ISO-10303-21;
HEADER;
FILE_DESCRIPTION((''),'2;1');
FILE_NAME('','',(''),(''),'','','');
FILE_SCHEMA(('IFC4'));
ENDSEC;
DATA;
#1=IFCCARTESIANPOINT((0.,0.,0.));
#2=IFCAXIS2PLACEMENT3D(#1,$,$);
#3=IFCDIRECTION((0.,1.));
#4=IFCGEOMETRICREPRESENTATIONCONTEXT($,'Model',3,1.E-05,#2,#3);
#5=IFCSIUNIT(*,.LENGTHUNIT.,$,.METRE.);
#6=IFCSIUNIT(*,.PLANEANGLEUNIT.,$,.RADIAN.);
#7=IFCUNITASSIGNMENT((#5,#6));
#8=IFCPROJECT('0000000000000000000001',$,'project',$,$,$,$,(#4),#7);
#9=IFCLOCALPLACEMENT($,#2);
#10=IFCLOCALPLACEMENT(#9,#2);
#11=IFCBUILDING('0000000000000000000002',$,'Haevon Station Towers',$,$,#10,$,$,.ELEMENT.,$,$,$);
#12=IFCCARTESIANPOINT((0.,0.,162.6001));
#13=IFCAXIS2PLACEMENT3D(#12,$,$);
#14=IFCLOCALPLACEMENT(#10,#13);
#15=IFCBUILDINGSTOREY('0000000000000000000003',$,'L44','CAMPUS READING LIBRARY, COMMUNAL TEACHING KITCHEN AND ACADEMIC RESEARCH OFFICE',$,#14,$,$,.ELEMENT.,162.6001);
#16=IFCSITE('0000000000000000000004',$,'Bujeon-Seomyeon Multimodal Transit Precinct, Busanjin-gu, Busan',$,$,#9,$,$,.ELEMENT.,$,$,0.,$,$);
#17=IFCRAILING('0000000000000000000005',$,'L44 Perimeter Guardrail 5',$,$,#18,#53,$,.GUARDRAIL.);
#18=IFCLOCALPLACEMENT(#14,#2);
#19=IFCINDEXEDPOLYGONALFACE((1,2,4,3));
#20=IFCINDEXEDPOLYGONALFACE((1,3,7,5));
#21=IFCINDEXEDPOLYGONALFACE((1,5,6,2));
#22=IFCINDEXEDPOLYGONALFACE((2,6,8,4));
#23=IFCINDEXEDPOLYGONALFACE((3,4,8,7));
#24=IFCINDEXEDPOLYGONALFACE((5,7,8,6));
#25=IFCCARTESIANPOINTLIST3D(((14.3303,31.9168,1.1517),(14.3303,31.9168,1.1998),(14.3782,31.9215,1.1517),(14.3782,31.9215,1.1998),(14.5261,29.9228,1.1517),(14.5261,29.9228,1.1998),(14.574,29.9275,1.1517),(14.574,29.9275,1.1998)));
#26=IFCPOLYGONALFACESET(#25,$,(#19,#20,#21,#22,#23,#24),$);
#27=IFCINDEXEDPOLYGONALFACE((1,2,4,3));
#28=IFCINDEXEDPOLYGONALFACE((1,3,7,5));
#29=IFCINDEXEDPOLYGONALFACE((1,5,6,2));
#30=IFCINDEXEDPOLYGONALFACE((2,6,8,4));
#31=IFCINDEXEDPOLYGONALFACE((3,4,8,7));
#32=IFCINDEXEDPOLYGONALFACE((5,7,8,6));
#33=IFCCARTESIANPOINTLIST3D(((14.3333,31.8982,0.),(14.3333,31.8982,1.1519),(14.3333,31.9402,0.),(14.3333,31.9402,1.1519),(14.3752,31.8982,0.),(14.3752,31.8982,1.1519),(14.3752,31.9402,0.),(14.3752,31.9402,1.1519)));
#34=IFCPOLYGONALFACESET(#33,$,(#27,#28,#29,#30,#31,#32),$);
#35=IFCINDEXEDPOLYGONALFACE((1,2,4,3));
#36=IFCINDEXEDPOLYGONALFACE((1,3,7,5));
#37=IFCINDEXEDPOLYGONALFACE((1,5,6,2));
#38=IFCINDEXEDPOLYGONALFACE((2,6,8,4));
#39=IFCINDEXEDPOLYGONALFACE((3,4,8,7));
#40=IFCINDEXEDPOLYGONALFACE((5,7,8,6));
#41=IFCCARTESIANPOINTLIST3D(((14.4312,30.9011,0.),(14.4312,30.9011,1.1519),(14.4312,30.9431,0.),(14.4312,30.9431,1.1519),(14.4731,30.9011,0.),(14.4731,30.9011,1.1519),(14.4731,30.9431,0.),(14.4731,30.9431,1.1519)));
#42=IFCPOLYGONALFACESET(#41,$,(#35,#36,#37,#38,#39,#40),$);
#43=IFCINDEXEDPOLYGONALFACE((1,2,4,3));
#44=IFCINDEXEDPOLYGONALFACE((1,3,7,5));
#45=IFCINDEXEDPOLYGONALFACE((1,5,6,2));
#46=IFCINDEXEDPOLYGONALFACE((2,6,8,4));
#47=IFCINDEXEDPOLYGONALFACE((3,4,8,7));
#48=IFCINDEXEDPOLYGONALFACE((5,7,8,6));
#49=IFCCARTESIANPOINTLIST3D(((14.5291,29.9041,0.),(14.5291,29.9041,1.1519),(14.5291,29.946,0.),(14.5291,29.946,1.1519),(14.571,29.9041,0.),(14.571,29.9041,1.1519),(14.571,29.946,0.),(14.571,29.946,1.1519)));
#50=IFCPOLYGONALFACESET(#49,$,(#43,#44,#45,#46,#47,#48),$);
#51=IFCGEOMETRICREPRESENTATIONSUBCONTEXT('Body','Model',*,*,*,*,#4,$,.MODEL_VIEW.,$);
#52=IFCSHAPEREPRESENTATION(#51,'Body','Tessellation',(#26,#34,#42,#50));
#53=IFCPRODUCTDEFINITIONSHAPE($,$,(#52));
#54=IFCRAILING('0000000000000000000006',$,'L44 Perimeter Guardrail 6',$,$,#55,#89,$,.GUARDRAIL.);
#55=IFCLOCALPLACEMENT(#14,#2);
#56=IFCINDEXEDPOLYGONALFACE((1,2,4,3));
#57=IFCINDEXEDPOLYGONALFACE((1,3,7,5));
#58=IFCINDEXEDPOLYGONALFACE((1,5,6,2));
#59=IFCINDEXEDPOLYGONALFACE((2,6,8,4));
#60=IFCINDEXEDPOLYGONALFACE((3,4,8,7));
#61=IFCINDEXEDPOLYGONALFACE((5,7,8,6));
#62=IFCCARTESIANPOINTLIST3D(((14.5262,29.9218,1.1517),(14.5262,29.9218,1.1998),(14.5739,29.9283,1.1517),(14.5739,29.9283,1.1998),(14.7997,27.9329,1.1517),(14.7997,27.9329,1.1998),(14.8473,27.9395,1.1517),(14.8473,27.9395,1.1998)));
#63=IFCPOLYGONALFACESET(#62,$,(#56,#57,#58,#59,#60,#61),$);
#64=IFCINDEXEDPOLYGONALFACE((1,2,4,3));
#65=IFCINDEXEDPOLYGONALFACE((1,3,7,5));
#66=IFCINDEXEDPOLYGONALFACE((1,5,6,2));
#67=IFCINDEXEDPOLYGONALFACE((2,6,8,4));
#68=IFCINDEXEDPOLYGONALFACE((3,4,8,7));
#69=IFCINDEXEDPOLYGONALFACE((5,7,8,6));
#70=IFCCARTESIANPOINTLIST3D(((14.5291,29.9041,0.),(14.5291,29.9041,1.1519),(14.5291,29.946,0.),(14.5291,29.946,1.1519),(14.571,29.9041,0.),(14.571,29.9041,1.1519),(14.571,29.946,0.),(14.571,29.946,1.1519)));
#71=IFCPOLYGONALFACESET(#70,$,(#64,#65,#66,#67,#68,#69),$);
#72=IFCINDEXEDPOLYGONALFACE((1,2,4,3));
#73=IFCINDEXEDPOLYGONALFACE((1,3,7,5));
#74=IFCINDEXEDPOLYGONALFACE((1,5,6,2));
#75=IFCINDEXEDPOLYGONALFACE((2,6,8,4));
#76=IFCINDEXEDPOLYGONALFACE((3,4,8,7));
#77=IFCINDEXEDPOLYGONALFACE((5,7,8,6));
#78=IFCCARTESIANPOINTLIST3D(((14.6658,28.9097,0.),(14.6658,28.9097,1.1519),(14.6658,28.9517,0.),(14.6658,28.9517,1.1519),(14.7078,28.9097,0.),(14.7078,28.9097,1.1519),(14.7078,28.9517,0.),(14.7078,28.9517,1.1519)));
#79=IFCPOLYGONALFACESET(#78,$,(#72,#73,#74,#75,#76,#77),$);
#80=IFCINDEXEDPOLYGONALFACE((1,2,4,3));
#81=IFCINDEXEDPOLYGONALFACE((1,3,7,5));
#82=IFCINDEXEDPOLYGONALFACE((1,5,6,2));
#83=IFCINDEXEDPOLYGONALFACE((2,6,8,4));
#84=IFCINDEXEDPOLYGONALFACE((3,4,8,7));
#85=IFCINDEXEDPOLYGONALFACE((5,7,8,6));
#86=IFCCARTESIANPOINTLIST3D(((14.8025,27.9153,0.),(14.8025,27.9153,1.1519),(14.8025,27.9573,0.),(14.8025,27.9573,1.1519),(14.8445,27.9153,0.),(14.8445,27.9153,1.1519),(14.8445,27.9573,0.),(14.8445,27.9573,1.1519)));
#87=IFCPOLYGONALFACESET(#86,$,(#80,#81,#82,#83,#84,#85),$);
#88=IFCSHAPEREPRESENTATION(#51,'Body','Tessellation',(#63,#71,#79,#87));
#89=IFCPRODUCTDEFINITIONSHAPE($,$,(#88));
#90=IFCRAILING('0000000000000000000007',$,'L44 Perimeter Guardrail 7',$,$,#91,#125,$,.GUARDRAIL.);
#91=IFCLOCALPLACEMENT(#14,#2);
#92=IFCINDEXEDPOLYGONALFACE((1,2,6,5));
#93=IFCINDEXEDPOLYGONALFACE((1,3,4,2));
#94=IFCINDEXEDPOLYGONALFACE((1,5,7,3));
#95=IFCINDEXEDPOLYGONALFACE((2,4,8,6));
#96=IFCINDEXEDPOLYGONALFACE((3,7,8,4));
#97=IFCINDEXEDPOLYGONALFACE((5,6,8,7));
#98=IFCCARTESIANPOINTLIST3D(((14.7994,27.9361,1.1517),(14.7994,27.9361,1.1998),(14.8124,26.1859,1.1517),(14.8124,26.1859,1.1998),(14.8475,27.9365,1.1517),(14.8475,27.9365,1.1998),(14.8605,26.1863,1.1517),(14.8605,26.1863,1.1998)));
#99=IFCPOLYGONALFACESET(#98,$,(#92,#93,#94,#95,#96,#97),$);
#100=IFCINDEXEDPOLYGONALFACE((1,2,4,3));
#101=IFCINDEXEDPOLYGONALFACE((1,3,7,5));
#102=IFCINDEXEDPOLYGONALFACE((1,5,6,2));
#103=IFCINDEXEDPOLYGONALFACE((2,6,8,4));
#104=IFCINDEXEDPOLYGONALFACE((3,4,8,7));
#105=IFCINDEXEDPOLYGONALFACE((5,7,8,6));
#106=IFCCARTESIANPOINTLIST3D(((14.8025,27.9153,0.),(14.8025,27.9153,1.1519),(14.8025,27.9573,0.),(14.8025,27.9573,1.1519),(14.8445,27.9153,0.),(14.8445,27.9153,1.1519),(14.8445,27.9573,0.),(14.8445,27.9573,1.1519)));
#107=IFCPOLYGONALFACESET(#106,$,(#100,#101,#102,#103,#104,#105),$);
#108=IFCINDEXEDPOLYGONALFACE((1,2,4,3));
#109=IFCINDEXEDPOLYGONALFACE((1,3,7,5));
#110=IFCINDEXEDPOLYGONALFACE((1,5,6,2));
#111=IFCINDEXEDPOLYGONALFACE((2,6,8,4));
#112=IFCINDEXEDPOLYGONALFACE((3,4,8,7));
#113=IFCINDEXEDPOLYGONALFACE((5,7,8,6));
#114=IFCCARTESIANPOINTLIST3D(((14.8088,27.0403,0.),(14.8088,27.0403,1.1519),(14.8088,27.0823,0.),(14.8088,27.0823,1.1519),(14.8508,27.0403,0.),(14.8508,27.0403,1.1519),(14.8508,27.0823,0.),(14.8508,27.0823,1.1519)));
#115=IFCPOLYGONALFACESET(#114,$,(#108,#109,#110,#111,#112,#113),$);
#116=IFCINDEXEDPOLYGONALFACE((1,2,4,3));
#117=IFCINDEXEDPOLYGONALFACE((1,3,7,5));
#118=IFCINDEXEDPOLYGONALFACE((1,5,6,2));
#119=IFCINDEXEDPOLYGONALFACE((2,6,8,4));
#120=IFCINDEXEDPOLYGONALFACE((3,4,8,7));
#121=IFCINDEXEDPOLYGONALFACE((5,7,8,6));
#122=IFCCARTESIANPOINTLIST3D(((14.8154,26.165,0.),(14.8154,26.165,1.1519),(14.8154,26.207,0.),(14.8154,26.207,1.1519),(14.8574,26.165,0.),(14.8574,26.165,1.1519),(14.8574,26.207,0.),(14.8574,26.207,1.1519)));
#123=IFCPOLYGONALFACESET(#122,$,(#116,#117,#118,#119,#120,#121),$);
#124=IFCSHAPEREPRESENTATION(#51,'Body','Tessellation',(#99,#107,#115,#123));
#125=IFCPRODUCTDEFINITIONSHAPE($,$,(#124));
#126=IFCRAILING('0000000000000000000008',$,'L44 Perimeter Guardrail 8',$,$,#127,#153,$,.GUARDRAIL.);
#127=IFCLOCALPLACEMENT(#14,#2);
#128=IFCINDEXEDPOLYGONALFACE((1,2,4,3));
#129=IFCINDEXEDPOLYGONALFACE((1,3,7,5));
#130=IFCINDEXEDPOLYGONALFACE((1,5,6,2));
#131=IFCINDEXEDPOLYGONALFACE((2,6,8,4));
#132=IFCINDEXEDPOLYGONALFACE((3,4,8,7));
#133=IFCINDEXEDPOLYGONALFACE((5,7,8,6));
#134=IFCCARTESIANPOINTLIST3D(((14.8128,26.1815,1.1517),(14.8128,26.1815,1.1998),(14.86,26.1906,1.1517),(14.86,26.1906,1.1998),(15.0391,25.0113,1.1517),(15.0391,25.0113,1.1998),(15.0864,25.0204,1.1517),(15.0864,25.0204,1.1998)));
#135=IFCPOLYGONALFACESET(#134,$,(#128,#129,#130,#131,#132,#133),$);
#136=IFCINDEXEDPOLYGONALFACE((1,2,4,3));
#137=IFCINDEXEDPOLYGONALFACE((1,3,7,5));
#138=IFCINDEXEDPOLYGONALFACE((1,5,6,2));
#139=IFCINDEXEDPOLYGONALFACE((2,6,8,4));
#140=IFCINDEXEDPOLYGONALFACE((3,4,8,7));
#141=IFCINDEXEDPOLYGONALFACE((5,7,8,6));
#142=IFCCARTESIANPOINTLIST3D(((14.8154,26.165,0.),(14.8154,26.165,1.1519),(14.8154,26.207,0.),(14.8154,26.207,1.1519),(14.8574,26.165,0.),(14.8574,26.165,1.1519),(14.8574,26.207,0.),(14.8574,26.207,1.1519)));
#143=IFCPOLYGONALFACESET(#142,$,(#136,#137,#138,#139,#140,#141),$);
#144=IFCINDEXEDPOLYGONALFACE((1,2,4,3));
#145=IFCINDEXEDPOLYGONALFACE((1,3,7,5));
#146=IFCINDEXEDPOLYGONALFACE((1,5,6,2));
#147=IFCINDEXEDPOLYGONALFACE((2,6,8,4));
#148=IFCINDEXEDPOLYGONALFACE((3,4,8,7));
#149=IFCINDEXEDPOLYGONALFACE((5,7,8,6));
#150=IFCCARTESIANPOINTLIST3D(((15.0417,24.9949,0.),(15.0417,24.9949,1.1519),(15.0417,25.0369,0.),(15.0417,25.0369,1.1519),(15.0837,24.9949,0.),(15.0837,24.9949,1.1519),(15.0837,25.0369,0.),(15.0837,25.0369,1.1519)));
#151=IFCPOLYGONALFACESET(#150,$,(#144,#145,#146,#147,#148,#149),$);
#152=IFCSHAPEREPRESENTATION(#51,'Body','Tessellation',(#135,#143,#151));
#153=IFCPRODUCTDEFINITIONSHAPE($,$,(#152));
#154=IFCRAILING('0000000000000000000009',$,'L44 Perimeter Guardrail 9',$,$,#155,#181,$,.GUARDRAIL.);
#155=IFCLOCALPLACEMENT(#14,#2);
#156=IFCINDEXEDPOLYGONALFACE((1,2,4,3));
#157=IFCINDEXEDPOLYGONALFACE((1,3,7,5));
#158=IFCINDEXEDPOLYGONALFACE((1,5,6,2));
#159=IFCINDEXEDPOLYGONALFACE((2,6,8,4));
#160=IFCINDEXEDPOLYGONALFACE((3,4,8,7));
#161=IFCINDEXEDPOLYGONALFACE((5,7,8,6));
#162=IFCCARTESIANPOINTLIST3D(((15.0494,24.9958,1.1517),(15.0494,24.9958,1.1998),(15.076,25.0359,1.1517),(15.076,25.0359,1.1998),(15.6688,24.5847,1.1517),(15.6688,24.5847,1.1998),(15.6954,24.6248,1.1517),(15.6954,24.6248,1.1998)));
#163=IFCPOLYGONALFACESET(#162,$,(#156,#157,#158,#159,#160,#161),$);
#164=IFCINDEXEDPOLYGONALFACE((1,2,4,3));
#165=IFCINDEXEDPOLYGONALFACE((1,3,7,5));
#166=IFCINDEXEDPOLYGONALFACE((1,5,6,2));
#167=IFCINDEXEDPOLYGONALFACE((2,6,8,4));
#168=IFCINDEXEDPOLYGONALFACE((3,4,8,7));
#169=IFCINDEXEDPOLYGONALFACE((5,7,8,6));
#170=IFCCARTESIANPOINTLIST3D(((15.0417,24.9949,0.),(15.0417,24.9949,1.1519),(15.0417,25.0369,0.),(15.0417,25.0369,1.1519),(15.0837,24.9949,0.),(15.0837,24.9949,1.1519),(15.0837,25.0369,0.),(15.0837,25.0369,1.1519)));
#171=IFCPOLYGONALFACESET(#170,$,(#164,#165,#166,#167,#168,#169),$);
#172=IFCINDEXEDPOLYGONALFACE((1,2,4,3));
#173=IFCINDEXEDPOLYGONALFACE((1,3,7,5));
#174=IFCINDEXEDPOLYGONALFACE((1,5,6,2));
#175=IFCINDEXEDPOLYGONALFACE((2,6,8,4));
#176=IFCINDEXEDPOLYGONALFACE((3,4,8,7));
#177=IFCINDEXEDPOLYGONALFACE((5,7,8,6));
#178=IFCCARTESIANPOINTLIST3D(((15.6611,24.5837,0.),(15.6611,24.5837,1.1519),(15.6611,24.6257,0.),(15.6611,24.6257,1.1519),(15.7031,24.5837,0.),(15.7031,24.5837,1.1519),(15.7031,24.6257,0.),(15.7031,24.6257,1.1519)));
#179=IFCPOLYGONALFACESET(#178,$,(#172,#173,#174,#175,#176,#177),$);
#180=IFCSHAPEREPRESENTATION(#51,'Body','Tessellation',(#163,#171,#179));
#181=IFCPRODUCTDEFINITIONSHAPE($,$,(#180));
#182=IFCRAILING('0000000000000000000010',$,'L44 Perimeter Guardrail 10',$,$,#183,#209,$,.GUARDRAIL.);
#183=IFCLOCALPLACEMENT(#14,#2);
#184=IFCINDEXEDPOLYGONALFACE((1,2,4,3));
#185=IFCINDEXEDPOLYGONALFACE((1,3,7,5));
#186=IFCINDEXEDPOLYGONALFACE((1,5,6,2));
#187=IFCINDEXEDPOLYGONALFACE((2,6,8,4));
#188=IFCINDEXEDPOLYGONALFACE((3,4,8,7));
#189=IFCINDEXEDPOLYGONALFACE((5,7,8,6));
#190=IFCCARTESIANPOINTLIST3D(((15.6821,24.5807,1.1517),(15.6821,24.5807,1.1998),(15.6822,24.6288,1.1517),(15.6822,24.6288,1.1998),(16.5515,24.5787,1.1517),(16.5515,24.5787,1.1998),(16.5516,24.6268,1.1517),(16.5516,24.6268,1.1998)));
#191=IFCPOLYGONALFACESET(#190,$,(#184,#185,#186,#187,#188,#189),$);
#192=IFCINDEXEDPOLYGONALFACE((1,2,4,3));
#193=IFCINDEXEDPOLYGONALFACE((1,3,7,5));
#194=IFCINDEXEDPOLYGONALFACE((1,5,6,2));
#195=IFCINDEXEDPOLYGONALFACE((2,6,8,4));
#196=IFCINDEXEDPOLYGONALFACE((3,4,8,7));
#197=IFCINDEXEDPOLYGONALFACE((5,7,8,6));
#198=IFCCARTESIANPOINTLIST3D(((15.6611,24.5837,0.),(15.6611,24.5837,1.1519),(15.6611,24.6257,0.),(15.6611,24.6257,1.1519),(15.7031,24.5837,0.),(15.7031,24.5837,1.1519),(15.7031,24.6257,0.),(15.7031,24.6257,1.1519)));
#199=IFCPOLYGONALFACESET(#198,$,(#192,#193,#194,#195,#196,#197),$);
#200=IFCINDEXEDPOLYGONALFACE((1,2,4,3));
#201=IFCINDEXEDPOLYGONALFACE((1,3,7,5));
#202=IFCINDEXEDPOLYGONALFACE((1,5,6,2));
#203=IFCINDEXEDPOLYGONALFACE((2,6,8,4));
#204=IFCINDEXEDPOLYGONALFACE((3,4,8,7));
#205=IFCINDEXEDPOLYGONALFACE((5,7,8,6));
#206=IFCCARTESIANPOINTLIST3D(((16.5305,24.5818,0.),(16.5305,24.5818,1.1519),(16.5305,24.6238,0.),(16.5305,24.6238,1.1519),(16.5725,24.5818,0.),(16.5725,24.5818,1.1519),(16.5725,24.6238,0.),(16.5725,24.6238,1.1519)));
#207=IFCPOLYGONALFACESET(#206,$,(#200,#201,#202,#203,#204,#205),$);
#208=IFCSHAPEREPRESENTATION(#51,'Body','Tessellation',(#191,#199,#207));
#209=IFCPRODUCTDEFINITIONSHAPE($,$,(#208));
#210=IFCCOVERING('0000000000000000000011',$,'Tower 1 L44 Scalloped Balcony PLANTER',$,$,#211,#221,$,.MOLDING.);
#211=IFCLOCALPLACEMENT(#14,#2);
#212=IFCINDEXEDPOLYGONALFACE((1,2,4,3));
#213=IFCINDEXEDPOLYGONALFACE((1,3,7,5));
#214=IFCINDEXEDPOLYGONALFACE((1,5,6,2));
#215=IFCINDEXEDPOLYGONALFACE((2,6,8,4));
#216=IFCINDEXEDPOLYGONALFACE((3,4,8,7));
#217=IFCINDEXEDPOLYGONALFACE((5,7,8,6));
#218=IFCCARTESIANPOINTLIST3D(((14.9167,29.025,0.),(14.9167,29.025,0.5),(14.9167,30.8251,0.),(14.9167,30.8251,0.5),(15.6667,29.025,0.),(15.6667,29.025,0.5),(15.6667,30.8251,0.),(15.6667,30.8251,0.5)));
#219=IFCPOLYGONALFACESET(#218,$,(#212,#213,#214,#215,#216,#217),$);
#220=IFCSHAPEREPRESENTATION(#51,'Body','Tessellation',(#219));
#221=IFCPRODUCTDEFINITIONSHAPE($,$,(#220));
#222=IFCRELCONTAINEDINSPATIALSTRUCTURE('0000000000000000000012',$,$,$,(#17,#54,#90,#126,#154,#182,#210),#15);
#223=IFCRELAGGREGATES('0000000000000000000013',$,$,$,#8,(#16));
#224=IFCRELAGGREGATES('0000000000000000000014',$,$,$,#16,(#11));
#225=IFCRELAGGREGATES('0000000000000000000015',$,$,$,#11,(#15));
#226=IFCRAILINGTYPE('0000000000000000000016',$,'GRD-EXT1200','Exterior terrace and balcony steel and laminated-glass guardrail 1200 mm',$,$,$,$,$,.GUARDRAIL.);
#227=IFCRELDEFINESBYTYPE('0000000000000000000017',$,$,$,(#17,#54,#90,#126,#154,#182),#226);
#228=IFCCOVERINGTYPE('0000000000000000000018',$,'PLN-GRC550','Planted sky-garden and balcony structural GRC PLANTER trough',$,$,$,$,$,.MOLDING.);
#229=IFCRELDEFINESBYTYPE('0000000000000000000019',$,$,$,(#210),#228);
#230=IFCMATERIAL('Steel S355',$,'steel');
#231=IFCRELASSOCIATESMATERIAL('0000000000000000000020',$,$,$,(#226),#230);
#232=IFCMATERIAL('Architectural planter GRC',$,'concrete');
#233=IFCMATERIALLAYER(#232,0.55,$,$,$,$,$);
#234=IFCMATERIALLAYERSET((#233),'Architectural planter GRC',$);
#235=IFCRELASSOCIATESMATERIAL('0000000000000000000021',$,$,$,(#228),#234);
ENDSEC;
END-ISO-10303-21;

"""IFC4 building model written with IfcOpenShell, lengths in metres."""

from ifc_helpers import new_model, si_unit, direction, frame, origin, origin_2d, place, context, subcontext, project, spatial, rectangle, extrude, material, layer, layer_set, type_object, element, save


model = new_model("IFC4")

# Units and contexts
model_context = context("Model", 3, precision=1e-05, world=origin(), true_north=direction((0.0, 1.0)))
body_context = subcontext(model_context, "Body", "Model", "MODEL_VIEW")
ifc_project = project(units=[si_unit("LENGTHUNIT", "METRE"), si_unit("PLANEANGLEUNIT", "RADIAN")], contexts=[model_context])

# Site, building, storey
site_placement = place(None, origin())
site = spatial("IfcSite", under=ifc_project, at=site_placement, Name="Bujeon-Seomyeon Multimodal Transit Precinct, Busanjin-gu, Busan", CompositionType="ELEMENT", RefElevation=0.0)
building_placement = place(site_placement, origin())
building = spatial("IfcBuilding", under=site, at=building_placement, Name="Haevon Station Towers", CompositionType="ELEMENT")
storey_placement = place(building_placement, frame((0.0, 0.0, 162.6001)))
storey = spatial("IfcBuildingStorey", under=building, at=storey_placement, Name="L44", Description="CAMPUS READING LIBRARY, COMMUNAL TEACHING KITCHEN AND ACADEMIC RESEARCH OFFICE", CompositionType="ELEMENT", Elevation=162.6001)

# Shared definitions
ifc_material_1 = material(Name="Steel S355", Category="steel")

# Railings
railing_type = type_object("IfcRailingType", Name="GRD-EXT1200", Description="Exterior terrace and balcony steel and laminated-glass guardrail 1200 mm", PredefinedType="GUARDRAIL", material=ifc_material_1)
railing_1_placement = place(storey_placement, frame((14.3542, 31.9192, 0.0)))
element("IfcRailing", 1, at=railing_1_placement, inside=storey, type_object=railing_type, Name="L44 Perimeter Guardrail 5", PredefinedType="GUARDRAIL", context=body_context, shape_type="SweptSolid", body=[
    extrude(rectangle(XDim=0.0481, YDim=0.0481, at=origin_2d()), frame((0.0, 0.0, 1.1758), z_axis=(0.097718, -0.995214, 0.0), x_axis=(0.995214, 0.097718, 0.0)), (0.0, 0.0, 1.0), 2.0037),
    extrude(rectangle(XDim=0.042, YDim=0.042, at=origin_2d()), origin(), (0.0, 0.0, 1.0), 1.1519),
    extrude(rectangle(XDim=0.042, YDim=0.042, at=origin_2d()), frame((0.0979, -0.9971, 0.0)), (0.0, 0.0, 1.0), 1.1519),
    extrude(rectangle(XDim=0.042, YDim=0.042, at=origin_2d()), frame((0.1958, -1.9941, 0.0)), (0.0, 0.0, 1.0), 1.1519),
])
railing_2_placement = place(storey_placement, frame((14.55, 29.925, 0.0)))
element("IfcRailing", 2, at=railing_2_placement, inside=storey, type_object=railing_type, Name="L44 Perimeter Guardrail 6", PredefinedType="GUARDRAIL", context=body_context, shape_type="SweptSolid", body=[
    extrude(rectangle(XDim=0.0481, YDim=0.0481, at=origin_2d()), frame((0.0, 0.0, 1.1758), z_axis=(0.136209, -0.99068, 0.0), x_axis=(0.99068, 0.136209, 0.0)), (0.0, 0.0, 1.0), 2.0076),
    extrude(rectangle(XDim=0.042, YDim=0.042, at=origin_2d()), origin(), (0.0, 0.0, 1.0), 1.1519),
    extrude(rectangle(XDim=0.042, YDim=0.042, at=origin_2d()), frame((0.1367, -0.9944, 0.0)), (0.0, 0.0, 1.0), 1.1519),
    extrude(rectangle(XDim=0.042, YDim=0.042, at=origin_2d()), frame((0.2734, -1.9888, 0.0)), (0.0, 0.0, 1.0), 1.1519),
])
railing_3_placement = place(storey_placement, frame((14.8235, 27.9363, 0.0)))
element("IfcRailing", 3, at=railing_3_placement, inside=storey, type_object=railing_type, Name="L44 Perimeter Guardrail 7", PredefinedType="GUARDRAIL", context=body_context, shape_type="SweptSolid", body=[
    extrude(rectangle(XDim=0.0481, YDim=0.0481, at=origin_2d()), frame((0.0, 0.0, 1.1758), z_axis=(0.007393, -0.999973, 0.0), x_axis=(0.999973, 0.007393, 0.0)), (0.0, 0.0, 1.0), 1.7502),
    extrude(rectangle(XDim=0.042, YDim=0.042, at=origin_2d()), origin(), (0.0, 0.0, 1.0), 1.1519),
    extrude(rectangle(XDim=0.042, YDim=0.042, at=origin_2d()), frame((0.0063, -0.875, 0.0)), (0.0, 0.0, 1.0), 1.1519),
    extrude(rectangle(XDim=0.042, YDim=0.042, at=origin_2d()), frame((0.0129, -1.7502, 0.0)), (0.0, 0.0, 1.0), 1.1519),
])
railing_4_placement = place(storey_placement, frame((14.8364, 26.186, 0.0)))
element("IfcRailing", 4, at=railing_4_placement, inside=storey, type_object=railing_type, Name="L44 Perimeter Guardrail 8", PredefinedType="GUARDRAIL", context=body_context, shape_type="SweptSolid", body=[
    extrude(rectangle(XDim=0.0481, YDim=0.0481, at=origin_2d()), frame((0.0, 0.0, 1.1758), z_axis=(0.189888, -0.981806, 0.0), x_axis=(0.981806, 0.189888, 0.0)), (0.0, 0.0, 1.0), 1.1919),
    extrude(rectangle(XDim=0.042, YDim=0.042, at=origin_2d()), origin(), (0.0, 0.0, 1.0), 1.1519),
    extrude(rectangle(XDim=0.042, YDim=0.042, at=origin_2d()), frame((0.2263, -1.1702, 0.0)), (0.0, 0.0, 1.0), 1.1519),
])
railing_5_placement = place(storey_placement, frame((15.0627, 25.0159, 0.0)))
element("IfcRailing", 5, at=railing_5_placement, inside=storey, type_object=railing_type, Name="L44 Perimeter Guardrail 9", PredefinedType="GUARDRAIL", context=body_context, shape_type="SweptSolid", body=[
    extrude(rectangle(XDim=0.0481, YDim=0.0481, at=origin_2d()), frame((0.0, 0.0, 1.1758), z_axis=(0.83316, -0.553032, 0.0), x_axis=(0.553032, 0.83316, 0.0)), (0.0, 0.0, 1.0), 0.7434),
    extrude(rectangle(XDim=0.042, YDim=0.042, at=origin_2d()), origin(), (0.0, 0.0, 1.0), 1.1519),
    extrude(rectangle(XDim=0.042, YDim=0.042, at=origin_2d()), frame((0.6194, -0.4111, 0.0)), (0.0, 0.0, 1.0), 1.1519),
])
railing_6_placement = place(storey_placement, frame((15.6821, 24.6047, 0.0)))
element("IfcRailing", 6, at=railing_6_placement, inside=storey, type_object=railing_type, Name="L44 Perimeter Guardrail 10", PredefinedType="GUARDRAIL", context=body_context, shape_type="SweptSolid", body=[
    extrude(rectangle(XDim=0.0481, YDim=0.0481, at=origin_2d()), frame((0.0, 0.0, 1.1758), z_axis=(0.999997, -0.002247, 0.0), x_axis=(0.002247, 0.999997, 0.0)), (0.0, 0.0, 1.0), 0.8694),
    extrude(rectangle(XDim=0.042, YDim=0.042, at=origin_2d()), origin(), (0.0, 0.0, 1.0), 1.1519),
    extrude(rectangle(XDim=0.042, YDim=0.042, at=origin_2d()), frame((0.8694, -0.002, 0.0)), (0.0, 0.0, 1.0), 1.1519),
])

# Covering
ifc_material_2 = material(Name="Architectural planter GRC", Category="concrete")
ifc_layer_1 = layer(ifc_material_2, 0.55)
ifc_layer_set_1 = layer_set([ifc_layer_1], Name="Architectural planter GRC")
covering_type = type_object("IfcCoveringType", Name="PLN-GRC550", Description="Planted sky-garden and balcony structural GRC PLANTER trough", PredefinedType="MOLDING", material=ifc_layer_set_1)
covering_placement = place(storey_placement, frame((15.2917, 29.925, 0.0), z_axis=(0.0, 0.0, 1.0), x_axis=(1.0, 0.0, 0.0)))
element("IfcCovering", 7, at=covering_placement, inside=storey, type_object=covering_type, Name="Tower 1 L44 Scalloped Balcony PLANTER", PredefinedType="MOLDING", context=body_context, shape_type="SweptSolid", body=[
    extrude(rectangle(XDim=0.75, YDim=1.8, at=origin_2d()), origin(), (0.0, 0.0, 1.0), 0.5),
])

save(model, "model.ifc")
